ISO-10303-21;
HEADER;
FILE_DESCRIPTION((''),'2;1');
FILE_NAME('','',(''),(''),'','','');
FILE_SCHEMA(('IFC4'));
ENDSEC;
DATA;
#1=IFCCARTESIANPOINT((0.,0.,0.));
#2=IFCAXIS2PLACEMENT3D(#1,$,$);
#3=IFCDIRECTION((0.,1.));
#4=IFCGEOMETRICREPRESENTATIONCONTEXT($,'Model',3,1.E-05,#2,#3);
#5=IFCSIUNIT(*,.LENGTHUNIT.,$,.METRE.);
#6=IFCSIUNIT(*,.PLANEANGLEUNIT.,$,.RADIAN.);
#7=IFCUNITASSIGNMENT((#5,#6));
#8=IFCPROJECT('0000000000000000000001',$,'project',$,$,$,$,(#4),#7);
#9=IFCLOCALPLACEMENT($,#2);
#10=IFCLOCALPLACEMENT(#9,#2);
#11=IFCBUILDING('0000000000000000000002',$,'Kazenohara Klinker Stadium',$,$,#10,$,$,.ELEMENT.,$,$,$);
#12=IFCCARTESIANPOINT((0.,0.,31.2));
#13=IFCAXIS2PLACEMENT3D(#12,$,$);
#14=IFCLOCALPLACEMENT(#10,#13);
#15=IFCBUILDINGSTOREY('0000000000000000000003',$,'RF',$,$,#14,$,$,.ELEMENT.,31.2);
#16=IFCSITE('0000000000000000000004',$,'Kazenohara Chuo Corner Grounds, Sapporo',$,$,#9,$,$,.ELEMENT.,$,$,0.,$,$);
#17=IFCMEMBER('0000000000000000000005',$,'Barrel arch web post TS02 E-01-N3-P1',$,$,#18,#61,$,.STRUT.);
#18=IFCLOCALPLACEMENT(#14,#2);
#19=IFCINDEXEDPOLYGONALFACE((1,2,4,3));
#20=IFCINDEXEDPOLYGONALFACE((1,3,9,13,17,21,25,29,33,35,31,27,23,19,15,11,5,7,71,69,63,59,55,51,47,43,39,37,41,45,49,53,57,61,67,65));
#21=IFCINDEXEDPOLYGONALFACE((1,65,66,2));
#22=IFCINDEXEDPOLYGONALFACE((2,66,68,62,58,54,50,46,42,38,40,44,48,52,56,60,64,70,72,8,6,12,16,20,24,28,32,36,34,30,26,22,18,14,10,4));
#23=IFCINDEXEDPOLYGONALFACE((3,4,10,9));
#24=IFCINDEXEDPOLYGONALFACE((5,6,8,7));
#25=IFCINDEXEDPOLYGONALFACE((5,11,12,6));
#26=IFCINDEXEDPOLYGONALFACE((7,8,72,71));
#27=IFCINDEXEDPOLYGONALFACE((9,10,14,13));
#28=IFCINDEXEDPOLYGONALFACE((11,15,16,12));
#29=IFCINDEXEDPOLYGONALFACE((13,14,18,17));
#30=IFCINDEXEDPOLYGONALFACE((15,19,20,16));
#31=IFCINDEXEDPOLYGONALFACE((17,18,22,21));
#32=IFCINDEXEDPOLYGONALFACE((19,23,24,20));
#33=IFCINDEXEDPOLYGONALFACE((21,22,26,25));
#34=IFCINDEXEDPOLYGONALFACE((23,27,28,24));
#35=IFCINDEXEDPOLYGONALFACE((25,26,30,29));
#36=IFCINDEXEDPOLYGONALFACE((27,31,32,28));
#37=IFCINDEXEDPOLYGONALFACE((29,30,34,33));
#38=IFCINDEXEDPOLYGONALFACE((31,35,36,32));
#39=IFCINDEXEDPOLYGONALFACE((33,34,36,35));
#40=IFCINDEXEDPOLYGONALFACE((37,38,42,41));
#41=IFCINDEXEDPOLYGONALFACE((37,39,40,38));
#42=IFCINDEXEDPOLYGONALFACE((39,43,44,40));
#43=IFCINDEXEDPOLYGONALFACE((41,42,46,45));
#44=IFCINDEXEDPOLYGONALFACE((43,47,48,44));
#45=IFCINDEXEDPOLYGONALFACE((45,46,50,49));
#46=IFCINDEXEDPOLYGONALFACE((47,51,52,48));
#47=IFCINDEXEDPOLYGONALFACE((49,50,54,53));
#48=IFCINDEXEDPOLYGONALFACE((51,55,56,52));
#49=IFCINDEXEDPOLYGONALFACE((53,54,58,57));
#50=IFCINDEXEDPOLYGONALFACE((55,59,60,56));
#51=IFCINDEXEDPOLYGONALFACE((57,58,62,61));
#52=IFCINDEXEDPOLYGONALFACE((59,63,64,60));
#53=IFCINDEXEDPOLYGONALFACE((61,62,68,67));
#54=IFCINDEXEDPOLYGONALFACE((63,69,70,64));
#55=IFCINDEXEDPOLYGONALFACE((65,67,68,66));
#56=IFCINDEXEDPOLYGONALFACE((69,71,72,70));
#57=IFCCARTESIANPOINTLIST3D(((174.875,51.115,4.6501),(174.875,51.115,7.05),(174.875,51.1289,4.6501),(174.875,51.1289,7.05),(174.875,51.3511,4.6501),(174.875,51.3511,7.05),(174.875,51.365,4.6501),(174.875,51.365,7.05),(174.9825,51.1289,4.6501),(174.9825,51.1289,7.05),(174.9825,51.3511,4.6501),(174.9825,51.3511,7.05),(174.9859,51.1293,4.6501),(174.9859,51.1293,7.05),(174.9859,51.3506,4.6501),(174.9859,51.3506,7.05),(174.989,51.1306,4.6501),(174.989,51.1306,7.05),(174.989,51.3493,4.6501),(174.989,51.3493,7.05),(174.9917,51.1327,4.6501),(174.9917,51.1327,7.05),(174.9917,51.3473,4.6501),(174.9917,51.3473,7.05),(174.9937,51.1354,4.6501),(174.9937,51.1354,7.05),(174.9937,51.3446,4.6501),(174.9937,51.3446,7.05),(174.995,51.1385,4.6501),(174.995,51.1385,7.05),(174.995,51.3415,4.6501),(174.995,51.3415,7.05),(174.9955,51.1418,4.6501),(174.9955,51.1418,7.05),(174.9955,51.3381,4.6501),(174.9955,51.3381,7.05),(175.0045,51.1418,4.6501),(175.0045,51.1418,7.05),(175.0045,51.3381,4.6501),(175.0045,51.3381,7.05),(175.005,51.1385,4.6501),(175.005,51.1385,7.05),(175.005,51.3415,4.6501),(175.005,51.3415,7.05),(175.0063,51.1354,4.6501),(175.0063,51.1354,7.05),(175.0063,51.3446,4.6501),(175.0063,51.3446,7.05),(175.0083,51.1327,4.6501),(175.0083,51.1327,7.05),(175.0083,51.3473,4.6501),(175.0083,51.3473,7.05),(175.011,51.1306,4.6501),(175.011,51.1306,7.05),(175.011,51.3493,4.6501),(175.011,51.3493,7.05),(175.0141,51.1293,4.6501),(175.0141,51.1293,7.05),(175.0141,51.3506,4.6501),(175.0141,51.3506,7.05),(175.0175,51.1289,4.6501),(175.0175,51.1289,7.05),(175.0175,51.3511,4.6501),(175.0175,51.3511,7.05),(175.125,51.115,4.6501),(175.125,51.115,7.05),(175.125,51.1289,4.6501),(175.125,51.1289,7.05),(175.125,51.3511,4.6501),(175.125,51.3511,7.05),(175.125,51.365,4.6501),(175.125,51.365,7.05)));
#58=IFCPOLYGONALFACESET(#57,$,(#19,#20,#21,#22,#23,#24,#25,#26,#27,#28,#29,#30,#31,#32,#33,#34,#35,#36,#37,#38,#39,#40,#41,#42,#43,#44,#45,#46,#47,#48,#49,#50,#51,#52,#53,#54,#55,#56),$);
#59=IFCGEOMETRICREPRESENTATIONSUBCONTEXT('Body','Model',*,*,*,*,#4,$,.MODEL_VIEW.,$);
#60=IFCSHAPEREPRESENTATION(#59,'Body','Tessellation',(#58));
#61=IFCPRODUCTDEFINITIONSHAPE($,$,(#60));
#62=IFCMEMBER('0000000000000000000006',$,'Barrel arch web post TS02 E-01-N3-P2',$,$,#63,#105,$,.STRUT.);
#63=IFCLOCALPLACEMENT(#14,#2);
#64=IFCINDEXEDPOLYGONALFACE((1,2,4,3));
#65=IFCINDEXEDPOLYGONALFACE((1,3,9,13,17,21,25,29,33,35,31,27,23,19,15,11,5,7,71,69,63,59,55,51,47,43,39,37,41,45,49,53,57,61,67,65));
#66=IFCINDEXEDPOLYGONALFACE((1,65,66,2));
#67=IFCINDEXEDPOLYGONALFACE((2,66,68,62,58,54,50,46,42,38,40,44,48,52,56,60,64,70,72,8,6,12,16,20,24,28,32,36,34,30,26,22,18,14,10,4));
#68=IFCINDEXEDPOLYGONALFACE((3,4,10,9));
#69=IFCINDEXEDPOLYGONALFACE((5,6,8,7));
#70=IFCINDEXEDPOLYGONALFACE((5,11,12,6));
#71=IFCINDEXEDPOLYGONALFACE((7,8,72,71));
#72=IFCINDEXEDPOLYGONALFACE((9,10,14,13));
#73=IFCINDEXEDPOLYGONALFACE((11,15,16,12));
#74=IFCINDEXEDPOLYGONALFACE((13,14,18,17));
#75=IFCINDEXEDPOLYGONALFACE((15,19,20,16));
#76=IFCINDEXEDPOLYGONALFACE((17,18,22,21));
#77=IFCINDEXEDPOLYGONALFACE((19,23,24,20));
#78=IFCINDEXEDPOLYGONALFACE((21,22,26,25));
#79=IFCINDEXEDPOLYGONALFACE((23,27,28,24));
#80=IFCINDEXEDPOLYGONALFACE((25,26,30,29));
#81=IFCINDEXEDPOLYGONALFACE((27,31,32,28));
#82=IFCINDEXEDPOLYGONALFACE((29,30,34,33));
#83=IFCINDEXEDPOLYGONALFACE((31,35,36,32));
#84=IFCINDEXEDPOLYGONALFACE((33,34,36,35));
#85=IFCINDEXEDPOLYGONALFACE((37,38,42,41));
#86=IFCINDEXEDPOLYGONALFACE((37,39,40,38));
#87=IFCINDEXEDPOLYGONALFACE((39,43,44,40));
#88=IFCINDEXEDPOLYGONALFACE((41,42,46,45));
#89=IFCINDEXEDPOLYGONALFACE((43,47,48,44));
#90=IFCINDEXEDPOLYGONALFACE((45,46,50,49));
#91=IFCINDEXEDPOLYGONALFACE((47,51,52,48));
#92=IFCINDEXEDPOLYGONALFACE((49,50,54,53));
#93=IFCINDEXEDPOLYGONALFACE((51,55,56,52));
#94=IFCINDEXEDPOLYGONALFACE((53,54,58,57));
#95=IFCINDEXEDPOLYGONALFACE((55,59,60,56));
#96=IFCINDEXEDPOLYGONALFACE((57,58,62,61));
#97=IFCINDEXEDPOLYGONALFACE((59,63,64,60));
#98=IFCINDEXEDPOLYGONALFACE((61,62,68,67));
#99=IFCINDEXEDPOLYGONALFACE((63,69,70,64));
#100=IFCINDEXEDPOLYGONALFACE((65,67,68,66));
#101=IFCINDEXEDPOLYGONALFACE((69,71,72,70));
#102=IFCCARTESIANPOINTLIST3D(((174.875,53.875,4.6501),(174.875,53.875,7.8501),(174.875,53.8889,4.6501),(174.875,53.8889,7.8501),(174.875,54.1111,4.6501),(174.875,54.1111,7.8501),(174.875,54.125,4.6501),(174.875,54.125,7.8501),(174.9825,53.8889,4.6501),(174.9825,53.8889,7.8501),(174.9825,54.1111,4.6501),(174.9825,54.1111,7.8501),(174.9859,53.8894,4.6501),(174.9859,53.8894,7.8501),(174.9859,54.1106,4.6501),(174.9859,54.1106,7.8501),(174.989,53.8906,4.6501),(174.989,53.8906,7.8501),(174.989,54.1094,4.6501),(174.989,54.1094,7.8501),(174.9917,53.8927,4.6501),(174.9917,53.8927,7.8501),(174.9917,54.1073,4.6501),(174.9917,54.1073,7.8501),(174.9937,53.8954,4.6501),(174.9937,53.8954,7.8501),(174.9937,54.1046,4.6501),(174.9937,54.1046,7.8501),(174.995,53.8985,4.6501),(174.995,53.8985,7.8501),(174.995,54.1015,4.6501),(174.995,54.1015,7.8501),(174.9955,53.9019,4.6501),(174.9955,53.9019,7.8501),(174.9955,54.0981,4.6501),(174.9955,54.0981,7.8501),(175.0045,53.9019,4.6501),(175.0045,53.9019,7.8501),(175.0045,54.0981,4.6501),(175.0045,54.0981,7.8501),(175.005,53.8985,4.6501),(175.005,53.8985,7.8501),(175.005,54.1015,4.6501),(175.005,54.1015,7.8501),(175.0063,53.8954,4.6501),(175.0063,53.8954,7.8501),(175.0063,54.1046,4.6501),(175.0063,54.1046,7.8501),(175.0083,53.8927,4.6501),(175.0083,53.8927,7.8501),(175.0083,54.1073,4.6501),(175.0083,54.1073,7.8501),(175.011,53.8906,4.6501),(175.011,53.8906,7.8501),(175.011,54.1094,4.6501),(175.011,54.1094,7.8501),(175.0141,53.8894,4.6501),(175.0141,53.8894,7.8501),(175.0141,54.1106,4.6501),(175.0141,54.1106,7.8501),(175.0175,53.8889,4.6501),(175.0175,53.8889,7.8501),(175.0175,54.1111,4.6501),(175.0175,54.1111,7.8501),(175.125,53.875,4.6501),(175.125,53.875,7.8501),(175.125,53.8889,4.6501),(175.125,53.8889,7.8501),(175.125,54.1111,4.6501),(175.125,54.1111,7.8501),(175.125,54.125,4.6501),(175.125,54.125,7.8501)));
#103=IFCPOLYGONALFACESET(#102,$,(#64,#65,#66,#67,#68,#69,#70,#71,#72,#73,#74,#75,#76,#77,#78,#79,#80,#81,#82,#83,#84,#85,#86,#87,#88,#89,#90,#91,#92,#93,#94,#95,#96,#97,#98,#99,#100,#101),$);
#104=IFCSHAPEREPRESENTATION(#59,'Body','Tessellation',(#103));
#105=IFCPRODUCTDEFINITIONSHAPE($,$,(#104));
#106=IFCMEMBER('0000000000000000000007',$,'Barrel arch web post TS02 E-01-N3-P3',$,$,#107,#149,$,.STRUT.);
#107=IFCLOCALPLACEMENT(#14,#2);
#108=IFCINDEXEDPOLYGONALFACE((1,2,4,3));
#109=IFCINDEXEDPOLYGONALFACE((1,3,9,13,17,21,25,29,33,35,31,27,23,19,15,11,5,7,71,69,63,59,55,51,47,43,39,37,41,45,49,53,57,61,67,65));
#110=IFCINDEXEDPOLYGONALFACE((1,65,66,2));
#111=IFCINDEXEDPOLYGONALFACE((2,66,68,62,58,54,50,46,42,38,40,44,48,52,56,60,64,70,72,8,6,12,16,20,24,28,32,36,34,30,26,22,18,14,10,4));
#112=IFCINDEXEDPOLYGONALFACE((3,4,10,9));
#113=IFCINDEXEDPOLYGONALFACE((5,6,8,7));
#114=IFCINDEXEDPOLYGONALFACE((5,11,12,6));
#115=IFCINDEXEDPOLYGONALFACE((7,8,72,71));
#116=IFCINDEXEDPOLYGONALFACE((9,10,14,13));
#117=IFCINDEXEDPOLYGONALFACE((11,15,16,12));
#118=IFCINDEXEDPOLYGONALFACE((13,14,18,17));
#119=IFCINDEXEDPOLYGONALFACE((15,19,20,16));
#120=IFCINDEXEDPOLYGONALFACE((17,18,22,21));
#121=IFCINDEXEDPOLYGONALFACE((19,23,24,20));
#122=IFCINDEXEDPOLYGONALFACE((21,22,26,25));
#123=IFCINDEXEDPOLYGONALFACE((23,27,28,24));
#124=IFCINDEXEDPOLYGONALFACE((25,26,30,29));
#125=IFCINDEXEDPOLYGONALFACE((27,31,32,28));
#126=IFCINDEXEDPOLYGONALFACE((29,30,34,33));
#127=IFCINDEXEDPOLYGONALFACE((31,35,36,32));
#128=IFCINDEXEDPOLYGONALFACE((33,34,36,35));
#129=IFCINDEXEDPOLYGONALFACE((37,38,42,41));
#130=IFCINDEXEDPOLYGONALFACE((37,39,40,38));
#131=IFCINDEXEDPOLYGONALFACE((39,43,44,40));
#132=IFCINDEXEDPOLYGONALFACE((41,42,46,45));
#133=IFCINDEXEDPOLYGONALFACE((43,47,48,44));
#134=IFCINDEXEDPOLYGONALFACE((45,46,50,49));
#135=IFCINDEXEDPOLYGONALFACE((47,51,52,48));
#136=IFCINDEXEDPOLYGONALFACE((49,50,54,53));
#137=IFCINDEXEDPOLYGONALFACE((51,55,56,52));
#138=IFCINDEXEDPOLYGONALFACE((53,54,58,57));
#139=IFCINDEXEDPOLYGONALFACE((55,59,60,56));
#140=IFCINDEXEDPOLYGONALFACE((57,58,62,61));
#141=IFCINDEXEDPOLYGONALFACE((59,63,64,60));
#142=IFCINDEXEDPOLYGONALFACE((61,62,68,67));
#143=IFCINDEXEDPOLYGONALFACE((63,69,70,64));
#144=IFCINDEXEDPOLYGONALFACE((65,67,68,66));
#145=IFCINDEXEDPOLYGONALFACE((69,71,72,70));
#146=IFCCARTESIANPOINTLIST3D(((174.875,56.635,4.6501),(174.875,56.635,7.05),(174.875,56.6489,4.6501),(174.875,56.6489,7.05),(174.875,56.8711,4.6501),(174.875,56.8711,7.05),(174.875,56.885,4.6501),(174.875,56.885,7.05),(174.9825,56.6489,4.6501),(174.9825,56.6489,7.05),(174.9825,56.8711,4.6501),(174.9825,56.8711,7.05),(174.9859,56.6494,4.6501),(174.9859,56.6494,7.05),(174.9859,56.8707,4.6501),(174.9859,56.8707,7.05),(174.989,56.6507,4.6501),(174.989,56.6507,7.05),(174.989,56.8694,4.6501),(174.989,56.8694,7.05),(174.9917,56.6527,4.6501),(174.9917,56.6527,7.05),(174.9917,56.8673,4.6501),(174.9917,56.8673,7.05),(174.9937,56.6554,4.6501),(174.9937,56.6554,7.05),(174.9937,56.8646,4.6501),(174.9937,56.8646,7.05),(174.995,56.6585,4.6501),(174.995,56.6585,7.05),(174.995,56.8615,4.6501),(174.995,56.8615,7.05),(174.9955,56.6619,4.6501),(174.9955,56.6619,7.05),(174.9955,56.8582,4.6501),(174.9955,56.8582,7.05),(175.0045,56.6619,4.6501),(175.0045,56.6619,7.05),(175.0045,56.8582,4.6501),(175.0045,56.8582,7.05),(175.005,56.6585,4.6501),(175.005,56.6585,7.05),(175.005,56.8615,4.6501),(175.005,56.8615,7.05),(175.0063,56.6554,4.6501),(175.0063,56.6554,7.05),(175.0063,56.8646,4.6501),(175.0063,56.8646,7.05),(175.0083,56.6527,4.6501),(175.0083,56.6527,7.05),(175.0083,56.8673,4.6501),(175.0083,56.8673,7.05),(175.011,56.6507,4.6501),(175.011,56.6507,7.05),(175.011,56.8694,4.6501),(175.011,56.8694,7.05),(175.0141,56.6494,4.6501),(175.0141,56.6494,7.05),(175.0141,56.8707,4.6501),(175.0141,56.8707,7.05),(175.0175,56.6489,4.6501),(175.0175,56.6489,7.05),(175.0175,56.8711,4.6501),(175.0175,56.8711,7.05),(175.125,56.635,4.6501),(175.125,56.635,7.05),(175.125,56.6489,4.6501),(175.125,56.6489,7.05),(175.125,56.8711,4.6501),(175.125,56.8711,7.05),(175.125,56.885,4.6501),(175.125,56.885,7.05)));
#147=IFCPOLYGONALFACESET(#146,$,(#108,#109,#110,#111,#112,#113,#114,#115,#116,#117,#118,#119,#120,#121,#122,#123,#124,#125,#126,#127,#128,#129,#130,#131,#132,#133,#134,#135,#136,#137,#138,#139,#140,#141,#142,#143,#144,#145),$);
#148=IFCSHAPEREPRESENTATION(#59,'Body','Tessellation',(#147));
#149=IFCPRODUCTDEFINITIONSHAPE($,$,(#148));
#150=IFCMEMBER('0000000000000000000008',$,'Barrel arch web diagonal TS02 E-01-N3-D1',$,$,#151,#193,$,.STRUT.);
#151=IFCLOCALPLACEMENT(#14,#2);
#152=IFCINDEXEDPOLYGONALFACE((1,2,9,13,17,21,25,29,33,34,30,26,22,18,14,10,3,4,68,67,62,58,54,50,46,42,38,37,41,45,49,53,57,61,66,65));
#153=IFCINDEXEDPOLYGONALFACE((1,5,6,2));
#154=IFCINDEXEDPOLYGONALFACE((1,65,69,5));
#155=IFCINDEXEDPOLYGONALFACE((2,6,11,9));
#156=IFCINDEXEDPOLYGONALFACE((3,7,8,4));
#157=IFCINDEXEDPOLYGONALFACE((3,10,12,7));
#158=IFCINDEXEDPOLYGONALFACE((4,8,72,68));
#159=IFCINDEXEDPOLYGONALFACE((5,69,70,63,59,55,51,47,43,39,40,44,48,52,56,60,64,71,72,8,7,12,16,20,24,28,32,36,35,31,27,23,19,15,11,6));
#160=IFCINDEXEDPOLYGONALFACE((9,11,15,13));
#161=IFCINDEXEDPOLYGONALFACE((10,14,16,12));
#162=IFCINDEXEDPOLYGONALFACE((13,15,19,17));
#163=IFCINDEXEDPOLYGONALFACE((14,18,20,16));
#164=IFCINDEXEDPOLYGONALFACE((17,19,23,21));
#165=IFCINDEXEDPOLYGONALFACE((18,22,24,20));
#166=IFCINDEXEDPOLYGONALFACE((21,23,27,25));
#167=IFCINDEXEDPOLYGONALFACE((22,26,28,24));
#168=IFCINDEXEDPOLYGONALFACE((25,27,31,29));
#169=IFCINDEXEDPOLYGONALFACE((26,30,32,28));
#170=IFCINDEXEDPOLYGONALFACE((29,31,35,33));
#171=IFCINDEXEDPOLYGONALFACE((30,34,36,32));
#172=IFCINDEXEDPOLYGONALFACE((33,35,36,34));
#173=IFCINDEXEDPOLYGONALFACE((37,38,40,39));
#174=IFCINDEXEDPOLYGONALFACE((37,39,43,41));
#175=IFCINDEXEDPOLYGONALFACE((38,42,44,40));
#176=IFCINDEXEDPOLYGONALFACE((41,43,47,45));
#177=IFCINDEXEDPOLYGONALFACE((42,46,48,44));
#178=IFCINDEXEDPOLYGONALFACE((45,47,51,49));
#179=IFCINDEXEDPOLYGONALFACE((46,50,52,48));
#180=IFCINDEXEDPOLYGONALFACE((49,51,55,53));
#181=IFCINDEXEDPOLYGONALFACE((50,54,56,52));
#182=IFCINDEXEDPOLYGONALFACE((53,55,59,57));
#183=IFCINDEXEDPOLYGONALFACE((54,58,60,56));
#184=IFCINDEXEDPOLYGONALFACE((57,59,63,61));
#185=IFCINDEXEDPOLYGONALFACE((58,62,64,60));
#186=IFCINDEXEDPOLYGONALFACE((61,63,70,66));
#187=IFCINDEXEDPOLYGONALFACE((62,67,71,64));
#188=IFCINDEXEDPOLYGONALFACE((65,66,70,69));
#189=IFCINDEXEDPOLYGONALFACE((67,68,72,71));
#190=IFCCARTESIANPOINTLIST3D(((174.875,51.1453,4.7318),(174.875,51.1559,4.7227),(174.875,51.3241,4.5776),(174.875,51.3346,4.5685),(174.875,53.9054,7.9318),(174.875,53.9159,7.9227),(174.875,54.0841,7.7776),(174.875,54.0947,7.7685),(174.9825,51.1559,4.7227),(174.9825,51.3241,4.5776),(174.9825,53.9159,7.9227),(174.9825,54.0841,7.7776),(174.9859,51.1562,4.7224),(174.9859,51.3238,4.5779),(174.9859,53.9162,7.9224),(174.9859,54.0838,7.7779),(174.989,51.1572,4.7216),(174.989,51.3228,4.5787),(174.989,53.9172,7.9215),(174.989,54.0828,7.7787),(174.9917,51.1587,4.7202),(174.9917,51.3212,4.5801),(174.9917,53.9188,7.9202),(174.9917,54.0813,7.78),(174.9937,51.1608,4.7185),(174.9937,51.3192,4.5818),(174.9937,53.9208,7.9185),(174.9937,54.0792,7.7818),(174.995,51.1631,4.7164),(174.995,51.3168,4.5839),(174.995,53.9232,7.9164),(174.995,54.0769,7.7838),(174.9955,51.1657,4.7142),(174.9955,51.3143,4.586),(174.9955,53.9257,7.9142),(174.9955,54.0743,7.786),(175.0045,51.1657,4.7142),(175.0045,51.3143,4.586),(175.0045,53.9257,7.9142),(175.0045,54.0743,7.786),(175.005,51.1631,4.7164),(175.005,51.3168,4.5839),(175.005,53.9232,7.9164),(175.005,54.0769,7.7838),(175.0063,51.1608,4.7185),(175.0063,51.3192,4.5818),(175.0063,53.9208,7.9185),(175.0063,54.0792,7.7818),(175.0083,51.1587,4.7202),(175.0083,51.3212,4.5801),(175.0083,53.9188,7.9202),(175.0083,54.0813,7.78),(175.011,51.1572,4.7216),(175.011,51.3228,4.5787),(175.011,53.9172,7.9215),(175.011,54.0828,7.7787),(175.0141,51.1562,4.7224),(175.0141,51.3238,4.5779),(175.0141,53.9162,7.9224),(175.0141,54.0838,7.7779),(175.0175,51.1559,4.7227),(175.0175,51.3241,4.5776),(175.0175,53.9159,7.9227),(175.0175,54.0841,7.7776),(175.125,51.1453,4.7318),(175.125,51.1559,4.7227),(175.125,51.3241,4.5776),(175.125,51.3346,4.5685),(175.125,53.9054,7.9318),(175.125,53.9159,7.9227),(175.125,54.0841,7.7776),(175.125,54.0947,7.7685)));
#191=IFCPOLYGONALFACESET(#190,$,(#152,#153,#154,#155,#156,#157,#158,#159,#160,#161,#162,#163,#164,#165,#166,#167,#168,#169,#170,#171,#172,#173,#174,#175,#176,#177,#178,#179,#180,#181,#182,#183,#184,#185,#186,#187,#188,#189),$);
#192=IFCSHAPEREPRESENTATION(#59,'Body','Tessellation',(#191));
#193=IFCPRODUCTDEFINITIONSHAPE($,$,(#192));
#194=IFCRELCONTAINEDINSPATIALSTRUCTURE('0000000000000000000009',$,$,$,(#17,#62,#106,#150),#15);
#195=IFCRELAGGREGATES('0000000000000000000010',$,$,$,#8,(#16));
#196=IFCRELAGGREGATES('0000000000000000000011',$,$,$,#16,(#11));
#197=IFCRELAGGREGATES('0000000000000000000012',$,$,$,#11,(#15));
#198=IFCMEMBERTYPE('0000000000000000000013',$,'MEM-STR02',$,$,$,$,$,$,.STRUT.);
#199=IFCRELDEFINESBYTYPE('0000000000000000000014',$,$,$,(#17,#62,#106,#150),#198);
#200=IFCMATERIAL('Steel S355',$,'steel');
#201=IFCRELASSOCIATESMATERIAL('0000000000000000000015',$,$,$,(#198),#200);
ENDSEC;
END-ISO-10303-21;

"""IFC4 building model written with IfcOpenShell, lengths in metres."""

from ifc_helpers import new_model, si_unit, direction, frame, origin, origin_2d, place, context, subcontext, project, spatial, i_section, extrude, material, material_profile, profile_set, type_object, element, save


model = new_model("IFC4")

# Units and contexts
model_context = context("Model", 3, precision=1e-05, world=origin(), true_north=direction((0.0, 1.0)))
body_context = subcontext(model_context, "Body", "Model", "MODEL_VIEW")
ifc_project = project(units=[si_unit("LENGTHUNIT", "METRE"), si_unit("PLANEANGLEUNIT", "RADIAN")], contexts=[model_context])

# Site, building, storey
site_placement = place(None, origin())
site = spatial("IfcSite", under=ifc_project, at=site_placement, Name="Kazenohara Chuo Corner Grounds, Sapporo", CompositionType="ELEMENT", RefElevation=0.0)
building_placement = place(site_placement, origin())
building = spatial("IfcBuilding", under=site, at=building_placement, Name="Kazenohara Klinker Stadium", CompositionType="ELEMENT")
storey_placement = place(building_placement, frame((0.0, 0.0, 31.2)))
storey = spatial("IfcBuildingStorey", under=building, at=storey_placement, Name="RF", CompositionType="ELEMENT", Elevation=31.2)

# Members
ifc_material_1 = material(Name="Steel S355", Category="steel")
ifc_material_profile_1 = material_profile(ifc_material_1, i_section(OverallWidth=0.25, OverallDepth=0.25, WebThickness=0.009, FlangeThickness=0.0139, FilletRadius=0.0129, at=origin_2d()), Name="H-250x250x9x14")
ifc_profile_set_1 = profile_set([ifc_material_profile_1], Name="Steel S355")
member_type_1 = type_object("IfcMemberType", Name="MEM-STR02", PredefinedType="STRUT", material=ifc_profile_set_1)
member_1_placement = place(storey_placement, frame((175.0, 51.24, 4.6501), z_axis=(0.0, 0.0, 1.0), x_axis=(1.0, 0.0, 0.0)))
element("IfcMember", 1, at=member_1_placement, inside=storey, type_object=member_type_1, Name="Barrel arch web post TS02 E-01-N3-P1", PredefinedType="STRUT", context=body_context, shape_type="SweptSolid", body=[
    extrude(i_section(OverallWidth=0.25, OverallDepth=0.25, WebThickness=0.009, FlangeThickness=0.0139, FilletRadius=0.0129, at=origin_2d()), origin(), (0.0, 0.0, 1.0), 2.3999),
])
member_2_placement = place(storey_placement, frame((175.0, 54.0, 4.6501), z_axis=(0.0, 0.0, 1.0), x_axis=(1.0, 0.0, 0.0)))
element("IfcMember", 2, at=member_2_placement, inside=storey, type_object=member_type_1, Name="Barrel arch web post TS02 E-01-N3-P2", PredefinedType="STRUT", context=body_context, shape_type="SweptSolid", body=[
    extrude(i_section(OverallWidth=0.25, OverallDepth=0.25, WebThickness=0.009, FlangeThickness=0.0139, FilletRadius=0.0129, at=origin_2d()), origin(), (0.0, 0.0, 1.0), 3.2),
])
member_3_placement = place(storey_placement, frame((175.0, 56.76, 4.6501), z_axis=(0.0, 0.0, 1.0), x_axis=(1.0, 0.0, 0.0)))
element("IfcMember", 3, at=member_3_placement, inside=storey, type_object=member_type_1, Name="Barrel arch web post TS02 E-01-N3-P3", PredefinedType="STRUT", context=body_context, shape_type="SweptSolid", body=[
    extrude(i_section(OverallWidth=0.25, OverallDepth=0.25, WebThickness=0.009, FlangeThickness=0.0139, FilletRadius=0.0129, at=origin_2d()), origin(), (0.0, 0.0, 1.0), 2.3999),
])
member_4_placement = place(storey_placement, frame((175.0, 51.24, 4.6501), z_axis=(0.0, 0.653134, 0.757242), x_axis=(-1.0, 0.0, 0.0)))
element("IfcMember", 4, at=member_4_placement, inside=storey, type_object=member_type_1, Name="Barrel arch web diagonal TS02 E-01-N3-D1", PredefinedType="STRUT", context=body_context, shape_type="SweptSolid", body=[
    extrude(i_section(OverallWidth=0.25, OverallDepth=0.25, WebThickness=0.009, FlangeThickness=0.0139, FilletRadius=0.0129, at=origin_2d()), origin(), (0.0, 0.0, 1.0), 4.2258),
])

save(model, "model.ifc")
